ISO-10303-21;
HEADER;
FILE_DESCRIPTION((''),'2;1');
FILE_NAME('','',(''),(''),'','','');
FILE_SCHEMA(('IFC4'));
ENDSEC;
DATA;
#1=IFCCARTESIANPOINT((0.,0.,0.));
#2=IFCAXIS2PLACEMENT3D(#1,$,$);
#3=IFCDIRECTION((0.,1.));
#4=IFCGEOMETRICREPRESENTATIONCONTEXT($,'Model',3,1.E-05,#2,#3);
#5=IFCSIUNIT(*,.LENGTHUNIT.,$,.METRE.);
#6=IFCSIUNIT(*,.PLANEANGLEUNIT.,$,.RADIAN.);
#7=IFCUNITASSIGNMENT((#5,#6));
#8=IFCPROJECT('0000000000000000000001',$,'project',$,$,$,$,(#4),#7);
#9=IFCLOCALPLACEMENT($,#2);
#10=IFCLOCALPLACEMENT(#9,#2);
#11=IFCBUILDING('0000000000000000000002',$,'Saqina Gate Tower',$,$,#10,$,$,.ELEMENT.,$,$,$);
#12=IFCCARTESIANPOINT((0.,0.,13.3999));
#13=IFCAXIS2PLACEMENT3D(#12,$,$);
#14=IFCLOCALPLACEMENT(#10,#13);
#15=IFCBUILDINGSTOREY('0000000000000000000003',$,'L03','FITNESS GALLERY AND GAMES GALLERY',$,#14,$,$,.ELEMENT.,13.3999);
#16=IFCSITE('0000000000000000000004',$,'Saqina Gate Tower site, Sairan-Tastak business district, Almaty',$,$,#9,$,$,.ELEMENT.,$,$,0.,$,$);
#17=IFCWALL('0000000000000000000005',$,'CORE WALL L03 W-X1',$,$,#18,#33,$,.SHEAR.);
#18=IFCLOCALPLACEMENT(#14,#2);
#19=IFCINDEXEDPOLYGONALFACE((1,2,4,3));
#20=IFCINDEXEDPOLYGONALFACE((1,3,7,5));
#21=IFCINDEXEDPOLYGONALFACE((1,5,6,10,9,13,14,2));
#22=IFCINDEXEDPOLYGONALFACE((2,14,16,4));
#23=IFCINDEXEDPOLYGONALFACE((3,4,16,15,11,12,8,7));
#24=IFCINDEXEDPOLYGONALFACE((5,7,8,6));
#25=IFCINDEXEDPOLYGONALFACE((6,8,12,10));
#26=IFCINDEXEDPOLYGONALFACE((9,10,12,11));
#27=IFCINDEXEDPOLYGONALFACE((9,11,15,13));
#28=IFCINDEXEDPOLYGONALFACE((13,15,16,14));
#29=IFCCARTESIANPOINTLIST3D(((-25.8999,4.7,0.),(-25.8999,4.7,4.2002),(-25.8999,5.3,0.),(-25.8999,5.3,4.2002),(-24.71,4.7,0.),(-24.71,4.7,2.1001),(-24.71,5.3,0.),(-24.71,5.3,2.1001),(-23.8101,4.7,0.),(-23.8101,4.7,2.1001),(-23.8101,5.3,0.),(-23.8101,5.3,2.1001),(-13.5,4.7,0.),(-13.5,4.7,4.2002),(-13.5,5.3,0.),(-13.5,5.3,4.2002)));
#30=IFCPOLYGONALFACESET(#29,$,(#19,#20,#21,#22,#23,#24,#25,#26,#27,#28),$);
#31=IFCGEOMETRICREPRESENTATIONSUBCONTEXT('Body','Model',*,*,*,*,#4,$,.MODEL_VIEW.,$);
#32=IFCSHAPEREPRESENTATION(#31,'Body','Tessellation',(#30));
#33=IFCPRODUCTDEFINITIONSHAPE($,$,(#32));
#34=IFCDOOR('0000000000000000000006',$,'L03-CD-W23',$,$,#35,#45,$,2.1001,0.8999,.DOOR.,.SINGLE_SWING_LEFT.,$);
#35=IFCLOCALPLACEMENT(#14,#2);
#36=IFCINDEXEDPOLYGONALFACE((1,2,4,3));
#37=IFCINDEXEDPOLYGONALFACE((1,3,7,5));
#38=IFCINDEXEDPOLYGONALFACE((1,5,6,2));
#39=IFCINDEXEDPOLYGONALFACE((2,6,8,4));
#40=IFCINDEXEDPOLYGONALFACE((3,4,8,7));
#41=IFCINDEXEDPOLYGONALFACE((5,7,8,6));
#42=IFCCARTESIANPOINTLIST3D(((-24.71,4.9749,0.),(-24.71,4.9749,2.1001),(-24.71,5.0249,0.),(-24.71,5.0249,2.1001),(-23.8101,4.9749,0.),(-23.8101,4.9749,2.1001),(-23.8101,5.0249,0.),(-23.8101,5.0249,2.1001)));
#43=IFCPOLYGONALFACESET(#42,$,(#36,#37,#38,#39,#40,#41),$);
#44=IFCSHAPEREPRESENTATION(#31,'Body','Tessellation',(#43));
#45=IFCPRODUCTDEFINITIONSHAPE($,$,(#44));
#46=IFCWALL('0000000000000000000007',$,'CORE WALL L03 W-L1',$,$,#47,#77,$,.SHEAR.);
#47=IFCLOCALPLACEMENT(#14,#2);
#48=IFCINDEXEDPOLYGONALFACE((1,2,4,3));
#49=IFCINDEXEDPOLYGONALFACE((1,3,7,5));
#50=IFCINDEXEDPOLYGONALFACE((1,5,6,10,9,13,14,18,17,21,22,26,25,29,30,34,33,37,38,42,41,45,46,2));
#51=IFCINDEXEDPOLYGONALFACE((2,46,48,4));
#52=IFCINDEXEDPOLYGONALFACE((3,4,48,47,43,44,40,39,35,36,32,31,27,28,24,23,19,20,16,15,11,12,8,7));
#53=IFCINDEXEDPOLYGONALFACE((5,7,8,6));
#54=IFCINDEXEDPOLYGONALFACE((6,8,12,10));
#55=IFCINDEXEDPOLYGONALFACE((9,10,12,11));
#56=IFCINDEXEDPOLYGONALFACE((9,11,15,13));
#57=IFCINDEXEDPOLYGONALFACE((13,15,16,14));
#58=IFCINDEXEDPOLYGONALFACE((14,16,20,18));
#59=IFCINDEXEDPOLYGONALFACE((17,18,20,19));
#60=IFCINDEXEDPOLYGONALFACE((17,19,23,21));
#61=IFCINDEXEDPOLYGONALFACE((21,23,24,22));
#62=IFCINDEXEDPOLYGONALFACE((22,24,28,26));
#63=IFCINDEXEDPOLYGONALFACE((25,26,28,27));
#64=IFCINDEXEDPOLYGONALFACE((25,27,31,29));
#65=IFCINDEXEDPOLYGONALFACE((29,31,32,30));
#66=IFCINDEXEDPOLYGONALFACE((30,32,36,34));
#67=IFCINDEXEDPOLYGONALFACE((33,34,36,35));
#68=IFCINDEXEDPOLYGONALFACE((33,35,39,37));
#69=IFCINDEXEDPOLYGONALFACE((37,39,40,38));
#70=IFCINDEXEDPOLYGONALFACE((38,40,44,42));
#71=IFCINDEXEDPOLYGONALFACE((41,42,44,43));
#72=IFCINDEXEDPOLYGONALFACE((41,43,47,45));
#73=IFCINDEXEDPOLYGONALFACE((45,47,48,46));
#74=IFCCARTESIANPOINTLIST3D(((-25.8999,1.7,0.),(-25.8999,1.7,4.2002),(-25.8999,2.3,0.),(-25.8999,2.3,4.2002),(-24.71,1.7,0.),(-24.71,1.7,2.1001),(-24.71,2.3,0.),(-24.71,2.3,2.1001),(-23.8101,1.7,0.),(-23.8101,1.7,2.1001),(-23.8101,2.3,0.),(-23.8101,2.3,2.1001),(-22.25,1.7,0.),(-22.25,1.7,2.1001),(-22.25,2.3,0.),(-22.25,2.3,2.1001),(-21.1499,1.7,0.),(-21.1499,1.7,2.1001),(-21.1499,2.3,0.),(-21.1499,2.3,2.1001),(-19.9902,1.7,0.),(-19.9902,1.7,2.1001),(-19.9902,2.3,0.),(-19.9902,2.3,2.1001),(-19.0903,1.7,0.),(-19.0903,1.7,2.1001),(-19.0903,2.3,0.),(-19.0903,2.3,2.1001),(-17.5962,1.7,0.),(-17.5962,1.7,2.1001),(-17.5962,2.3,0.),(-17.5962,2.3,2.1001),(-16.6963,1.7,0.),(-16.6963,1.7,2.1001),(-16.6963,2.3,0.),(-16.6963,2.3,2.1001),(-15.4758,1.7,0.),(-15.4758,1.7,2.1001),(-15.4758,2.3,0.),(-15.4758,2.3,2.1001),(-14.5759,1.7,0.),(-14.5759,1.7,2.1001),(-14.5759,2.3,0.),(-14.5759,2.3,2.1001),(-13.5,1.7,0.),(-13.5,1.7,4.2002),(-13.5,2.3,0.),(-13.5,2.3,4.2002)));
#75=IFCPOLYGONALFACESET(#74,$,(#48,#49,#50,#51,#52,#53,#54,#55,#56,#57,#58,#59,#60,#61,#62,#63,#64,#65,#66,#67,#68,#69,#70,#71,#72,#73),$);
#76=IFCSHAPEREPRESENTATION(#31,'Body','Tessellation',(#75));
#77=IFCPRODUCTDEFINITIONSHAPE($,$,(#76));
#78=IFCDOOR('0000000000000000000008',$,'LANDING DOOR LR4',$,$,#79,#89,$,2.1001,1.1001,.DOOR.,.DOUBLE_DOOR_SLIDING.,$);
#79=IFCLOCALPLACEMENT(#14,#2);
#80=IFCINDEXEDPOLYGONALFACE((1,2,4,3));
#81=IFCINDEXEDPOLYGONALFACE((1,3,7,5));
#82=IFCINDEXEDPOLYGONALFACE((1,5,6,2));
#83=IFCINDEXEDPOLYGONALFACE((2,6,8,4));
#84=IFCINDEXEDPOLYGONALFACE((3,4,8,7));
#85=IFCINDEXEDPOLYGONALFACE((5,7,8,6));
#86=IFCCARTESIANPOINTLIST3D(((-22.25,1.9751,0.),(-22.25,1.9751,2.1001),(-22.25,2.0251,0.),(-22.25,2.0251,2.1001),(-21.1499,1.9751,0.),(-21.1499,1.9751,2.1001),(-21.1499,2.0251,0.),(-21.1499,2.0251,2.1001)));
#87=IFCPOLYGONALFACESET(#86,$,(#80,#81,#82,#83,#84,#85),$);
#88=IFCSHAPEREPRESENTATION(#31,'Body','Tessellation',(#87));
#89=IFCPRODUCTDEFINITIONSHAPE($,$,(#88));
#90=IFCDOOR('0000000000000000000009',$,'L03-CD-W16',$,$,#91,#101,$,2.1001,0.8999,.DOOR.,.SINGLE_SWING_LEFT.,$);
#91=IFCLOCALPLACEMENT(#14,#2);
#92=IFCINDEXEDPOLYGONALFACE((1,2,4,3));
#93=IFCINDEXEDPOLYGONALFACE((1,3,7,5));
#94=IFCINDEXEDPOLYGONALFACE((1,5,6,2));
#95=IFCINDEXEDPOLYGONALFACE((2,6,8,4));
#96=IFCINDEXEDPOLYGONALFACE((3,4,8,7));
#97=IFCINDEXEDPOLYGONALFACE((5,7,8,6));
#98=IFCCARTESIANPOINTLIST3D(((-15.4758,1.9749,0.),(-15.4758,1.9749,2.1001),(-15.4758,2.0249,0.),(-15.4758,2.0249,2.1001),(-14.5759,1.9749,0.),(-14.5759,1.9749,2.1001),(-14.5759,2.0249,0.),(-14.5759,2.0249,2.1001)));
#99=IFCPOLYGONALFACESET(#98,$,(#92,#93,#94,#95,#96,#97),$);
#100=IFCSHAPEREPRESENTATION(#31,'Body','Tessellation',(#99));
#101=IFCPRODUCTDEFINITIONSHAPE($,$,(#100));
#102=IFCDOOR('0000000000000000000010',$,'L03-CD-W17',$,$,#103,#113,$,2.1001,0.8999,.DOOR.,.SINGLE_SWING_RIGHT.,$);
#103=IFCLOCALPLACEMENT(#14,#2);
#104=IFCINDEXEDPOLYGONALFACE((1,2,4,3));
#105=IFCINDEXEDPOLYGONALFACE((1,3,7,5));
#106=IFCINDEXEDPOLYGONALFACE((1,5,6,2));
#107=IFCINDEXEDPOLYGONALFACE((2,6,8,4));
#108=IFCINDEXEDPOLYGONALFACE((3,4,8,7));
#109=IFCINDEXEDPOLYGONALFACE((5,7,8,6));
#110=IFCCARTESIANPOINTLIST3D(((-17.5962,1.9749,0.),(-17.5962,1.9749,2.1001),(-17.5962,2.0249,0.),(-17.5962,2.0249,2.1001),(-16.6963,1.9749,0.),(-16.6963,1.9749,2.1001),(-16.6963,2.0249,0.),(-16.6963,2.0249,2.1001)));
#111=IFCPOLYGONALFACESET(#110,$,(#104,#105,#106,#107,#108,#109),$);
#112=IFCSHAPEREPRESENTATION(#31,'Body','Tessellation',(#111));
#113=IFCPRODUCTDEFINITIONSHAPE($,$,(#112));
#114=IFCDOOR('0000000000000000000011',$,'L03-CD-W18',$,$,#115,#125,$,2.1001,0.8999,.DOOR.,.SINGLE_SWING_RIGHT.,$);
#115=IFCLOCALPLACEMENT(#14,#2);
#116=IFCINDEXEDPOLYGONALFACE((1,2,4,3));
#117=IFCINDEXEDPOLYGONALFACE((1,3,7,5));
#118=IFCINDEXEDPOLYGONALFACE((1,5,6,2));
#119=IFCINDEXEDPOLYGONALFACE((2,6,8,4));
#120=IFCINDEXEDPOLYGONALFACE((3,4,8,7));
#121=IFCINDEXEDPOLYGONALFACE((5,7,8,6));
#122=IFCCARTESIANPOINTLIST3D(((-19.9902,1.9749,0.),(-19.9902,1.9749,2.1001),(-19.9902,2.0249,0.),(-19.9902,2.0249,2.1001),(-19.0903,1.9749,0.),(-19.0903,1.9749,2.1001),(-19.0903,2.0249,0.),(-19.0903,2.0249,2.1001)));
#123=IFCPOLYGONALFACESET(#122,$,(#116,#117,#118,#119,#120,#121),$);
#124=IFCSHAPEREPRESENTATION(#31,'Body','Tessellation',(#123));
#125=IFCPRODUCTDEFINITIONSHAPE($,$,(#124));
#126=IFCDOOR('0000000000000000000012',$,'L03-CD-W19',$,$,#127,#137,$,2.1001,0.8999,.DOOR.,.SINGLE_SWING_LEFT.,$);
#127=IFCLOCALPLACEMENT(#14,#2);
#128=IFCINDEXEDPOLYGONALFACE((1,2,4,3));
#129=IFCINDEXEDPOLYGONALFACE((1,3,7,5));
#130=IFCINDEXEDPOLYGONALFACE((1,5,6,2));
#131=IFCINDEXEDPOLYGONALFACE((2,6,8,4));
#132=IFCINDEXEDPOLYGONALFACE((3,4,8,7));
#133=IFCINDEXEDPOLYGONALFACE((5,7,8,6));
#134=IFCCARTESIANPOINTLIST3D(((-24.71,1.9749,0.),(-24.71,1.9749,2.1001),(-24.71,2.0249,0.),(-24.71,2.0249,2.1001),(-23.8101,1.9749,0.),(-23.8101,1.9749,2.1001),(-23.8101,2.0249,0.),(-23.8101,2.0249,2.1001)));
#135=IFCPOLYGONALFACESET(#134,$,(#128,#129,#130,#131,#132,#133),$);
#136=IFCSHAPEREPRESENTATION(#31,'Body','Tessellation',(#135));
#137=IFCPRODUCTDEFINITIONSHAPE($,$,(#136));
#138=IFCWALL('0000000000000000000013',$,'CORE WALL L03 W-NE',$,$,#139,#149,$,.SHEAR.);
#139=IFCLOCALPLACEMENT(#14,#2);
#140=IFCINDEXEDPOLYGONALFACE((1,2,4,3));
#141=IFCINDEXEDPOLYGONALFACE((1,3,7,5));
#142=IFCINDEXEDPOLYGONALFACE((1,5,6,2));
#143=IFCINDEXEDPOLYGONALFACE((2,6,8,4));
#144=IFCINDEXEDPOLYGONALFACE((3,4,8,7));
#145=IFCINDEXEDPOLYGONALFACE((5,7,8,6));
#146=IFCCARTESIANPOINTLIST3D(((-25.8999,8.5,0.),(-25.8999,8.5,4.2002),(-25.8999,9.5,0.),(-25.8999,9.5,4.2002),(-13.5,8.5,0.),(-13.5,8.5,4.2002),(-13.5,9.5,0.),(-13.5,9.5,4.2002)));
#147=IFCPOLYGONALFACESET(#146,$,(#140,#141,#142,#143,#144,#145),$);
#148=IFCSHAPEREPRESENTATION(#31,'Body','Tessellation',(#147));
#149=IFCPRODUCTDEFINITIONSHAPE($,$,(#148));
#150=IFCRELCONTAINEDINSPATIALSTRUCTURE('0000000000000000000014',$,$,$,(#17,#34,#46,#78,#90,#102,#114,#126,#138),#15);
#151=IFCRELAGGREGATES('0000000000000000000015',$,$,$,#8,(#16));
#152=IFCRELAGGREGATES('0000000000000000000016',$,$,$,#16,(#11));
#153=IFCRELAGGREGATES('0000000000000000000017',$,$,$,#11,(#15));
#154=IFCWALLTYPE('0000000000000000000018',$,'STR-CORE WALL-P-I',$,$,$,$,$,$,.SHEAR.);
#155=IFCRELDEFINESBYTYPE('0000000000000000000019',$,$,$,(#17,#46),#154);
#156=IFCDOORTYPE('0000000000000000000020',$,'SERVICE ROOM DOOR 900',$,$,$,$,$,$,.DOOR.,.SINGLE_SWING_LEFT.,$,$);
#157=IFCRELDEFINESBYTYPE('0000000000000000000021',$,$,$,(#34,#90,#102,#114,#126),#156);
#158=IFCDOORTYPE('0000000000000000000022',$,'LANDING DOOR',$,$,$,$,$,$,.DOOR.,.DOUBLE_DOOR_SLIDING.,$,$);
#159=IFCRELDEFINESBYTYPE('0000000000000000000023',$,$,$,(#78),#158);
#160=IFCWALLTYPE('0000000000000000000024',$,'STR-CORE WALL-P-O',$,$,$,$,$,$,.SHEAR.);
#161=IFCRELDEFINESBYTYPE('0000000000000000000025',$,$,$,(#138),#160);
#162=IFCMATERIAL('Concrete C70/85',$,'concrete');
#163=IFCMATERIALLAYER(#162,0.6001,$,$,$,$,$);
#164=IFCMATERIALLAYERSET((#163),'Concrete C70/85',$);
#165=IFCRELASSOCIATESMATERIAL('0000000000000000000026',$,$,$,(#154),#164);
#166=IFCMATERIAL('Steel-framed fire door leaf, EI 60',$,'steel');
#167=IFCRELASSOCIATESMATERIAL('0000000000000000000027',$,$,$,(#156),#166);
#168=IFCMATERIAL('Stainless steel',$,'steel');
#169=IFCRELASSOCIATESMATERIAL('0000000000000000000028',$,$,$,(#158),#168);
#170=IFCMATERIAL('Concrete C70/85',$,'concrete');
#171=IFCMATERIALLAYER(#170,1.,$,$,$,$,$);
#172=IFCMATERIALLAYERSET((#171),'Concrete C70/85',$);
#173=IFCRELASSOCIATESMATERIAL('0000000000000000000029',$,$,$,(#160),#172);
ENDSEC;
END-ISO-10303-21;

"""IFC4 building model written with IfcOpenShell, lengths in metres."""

from ifc_helpers import new_model, si_unit, direction, frame, frame_2d, origin, place, context, subcontext, project, spatial, rectangle, extrude, material, layer, layer_set, type_object, element, fill, save


model = new_model("IFC4")

# Units and contexts
model_context = context("Model", 3, precision=1e-05, world=origin(), true_north=direction((0.0, 1.0)))
body_context = subcontext(model_context, "Body", "Model", "MODEL_VIEW")
ifc_project = project(units=[si_unit("LENGTHUNIT", "METRE"), si_unit("PLANEANGLEUNIT", "RADIAN")], contexts=[model_context])

# Site, building, storey
site_placement = place(None, origin())
site = spatial("IfcSite", under=ifc_project, at=site_placement, Name="Saqina Gate Tower site, Sairan-Tastak business district, Almaty", CompositionType="ELEMENT", RefElevation=0.0)
building_placement = place(site_placement, origin())
building = spatial("IfcBuilding", under=site, at=building_placement, Name="Saqina Gate Tower", CompositionType="ELEMENT")
storey_placement = place(building_placement, frame((0.0, 0.0, 13.3999)))
storey = spatial("IfcBuildingStorey", under=building, at=storey_placement, Name="L03", Description="FITNESS GALLERY AND GAMES GALLERY", CompositionType="ELEMENT", Elevation=13.3999)

# Wall, opening, door
ifc_material_1 = material(Name="Concrete C70/85", Category="concrete")
ifc_layer_1 = layer(ifc_material_1, 0.6001)
ifc_layer_set_1 = layer_set([ifc_layer_1], Name="Concrete C70/85")
wall_type_1 = type_object("IfcWallType", Name="STR-CORE WALL-P-I", PredefinedType="SHEAR", material=ifc_layer_set_1)
wall_1_placement = place(storey_placement, frame((-13.5, 5.0, 0.0), z_axis=(0.0, 0.0, 1.0), x_axis=(-1.0, 0.0, 0.0)))
wall_1 = element("IfcWall", 1, at=wall_1_placement, inside=storey, type_object=wall_type_1, Name="CORE WALL L03 W-X1", PredefinedType="SHEAR", context=body_context, shape_type="SweptSolid", body=[
    extrude(rectangle(XDim=12.3999, YDim=0.6001, at=frame_2d((6.2, 0.0))), origin(), (0.0, 0.0, 1.0), 4.2002),
])
opening_1_placement = place(wall_1_placement, frame((10.3101, 0.0, 0.0)))
opening_1 = element("IfcOpeningElement", 2, at=opening_1_placement, cuts=wall_1, PredefinedType="OPENING", context=body_context, shape_type="SweptSolid", body=[
    extrude(rectangle(XDim=0.8999, YDim=2.1001, at=frame_2d((0.45, 1.05))), frame((0.0, 0.312, 0.0), z_axis=(0.0, -1.0, 0.0), x_axis=(1.0, 0.0, 0.0)), (0.0, 0.0, 1.0), 0.624),
])
ifc_material_2 = material(Name="Steel-framed fire door leaf, EI 60", Category="steel")
door_type_1 = type_object("IfcDoorType", Name="SERVICE ROOM DOOR 900", OperationType="SINGLE_SWING_LEFT", PredefinedType="DOOR", material=ifc_material_2)
door_1_placement = place(opening_1_placement, frame((0.8999, 0.0, 0.0), z_axis=(0.0, 0.0, 1.0), x_axis=(-1.0, 0.0, 0.0)))
door_1 = element("IfcDoor", 3, at=door_1_placement, inside=storey, type_object=door_type_1, Name="L03-CD-W23", OperationType="SINGLE_SWING_LEFT", OverallHeight=2.1001, OverallWidth=0.8999, PredefinedType="DOOR", context=body_context, shape_type="SweptSolid", body=[
    extrude(rectangle(XDim=0.8999, YDim=2.1001, at=frame_2d((0.45, 1.05))), frame((0.0, 0.0249, 0.0), z_axis=(0.0, -1.0, 0.0), x_axis=(1.0, 0.0, 0.0)), (0.0, 0.0, 1.0), 0.05),
])
fill(opening_1, door_1)

# Wall, openings, doors
wall_2_placement = place(storey_placement, frame((-13.5, 2.0, 0.0), z_axis=(0.0, 0.0, 1.0), x_axis=(-1.0, 0.0, 0.0)))
wall_2 = element("IfcWall", 4, at=wall_2_placement, inside=storey, type_object=wall_type_1, Name="CORE WALL L03 W-L1", PredefinedType="SHEAR", context=body_context, shape_type="SweptSolid", body=[
    extrude(rectangle(XDim=12.3999, YDim=0.6001, at=frame_2d((6.2, 0.0))), origin(), (0.0, 0.0, 1.0), 4.2002),
])
opening_2_placement = place(wall_2_placement, frame((7.6499, 0.0, 0.0)))
opening_2 = element("IfcOpeningElement", 5, at=opening_2_placement, cuts=wall_2, PredefinedType="OPENING", context=body_context, shape_type="SweptSolid", body=[
    extrude(rectangle(XDim=1.1001, YDim=2.1001, at=frame_2d((0.55, 1.05))), frame((0.0, 0.312, 0.0), z_axis=(0.0, -1.0, 0.0), x_axis=(1.0, 0.0, 0.0)), (0.0, 0.0, 1.0), 0.624),
])
opening_3_placement = place(wall_2_placement, frame((1.0759, 0.0, 0.0)))
opening_3 = element("IfcOpeningElement", 6, at=opening_3_placement, cuts=wall_2, PredefinedType="OPENING", context=body_context, shape_type="SweptSolid", body=[
    extrude(rectangle(XDim=0.8999, YDim=2.1001, at=frame_2d((0.45, 1.05))), frame((0.0, 0.312, 0.0), z_axis=(0.0, -1.0, 0.0), x_axis=(1.0, 0.0, 0.0)), (0.0, 0.0, 1.0), 0.624),
])
opening_4_placement = place(wall_2_placement, frame((3.1963, 0.0, 0.0)))
opening_4 = element("IfcOpeningElement", 7, at=opening_4_placement, cuts=wall_2, PredefinedType="OPENING", context=body_context, shape_type="SweptSolid", body=[
    extrude(rectangle(XDim=0.8999, YDim=2.1001, at=frame_2d((0.45, 1.05))), frame((0.0, 0.312, 0.0), z_axis=(0.0, -1.0, 0.0), x_axis=(1.0, 0.0, 0.0)), (0.0, 0.0, 1.0), 0.624),
])
opening_5_placement = place(wall_2_placement, frame((5.5903, 0.0, 0.0)))
opening_5 = element("IfcOpeningElement", 8, at=opening_5_placement, cuts=wall_2, PredefinedType="OPENING", context=body_context, shape_type="SweptSolid", body=[
    extrude(rectangle(XDim=0.8999, YDim=2.1001, at=frame_2d((0.45, 1.05))), frame((0.0, 0.312, 0.0), z_axis=(0.0, -1.0, 0.0), x_axis=(1.0, 0.0, 0.0)), (0.0, 0.0, 1.0), 0.624),
])
opening_6_placement = place(wall_2_placement, frame((10.3101, 0.0, 0.0)))
opening_6 = element("IfcOpeningElement", 9, at=opening_6_placement, cuts=wall_2, PredefinedType="OPENING", context=body_context, shape_type="SweptSolid", body=[
    extrude(rectangle(XDim=0.8999, YDim=2.1001, at=frame_2d((0.45, 1.05))), frame((0.0, 0.312, 0.0), z_axis=(0.0, -1.0, 0.0), x_axis=(1.0, 0.0, 0.0)), (0.0, 0.0, 1.0), 0.624),
])
ifc_material_3 = material(Name="Stainless steel", Category="steel")
door_type_2 = type_object("IfcDoorType", Name="LANDING DOOR", OperationType="DOUBLE_DOOR_SLIDING", PredefinedType="DOOR", material=ifc_material_3)
door_2_placement = place(opening_2_placement, origin())
door_2 = element("IfcDoor", 10, at=door_2_placement, inside=storey, type_object=door_type_2, Name="LANDING DOOR LR4", OperationType="DOUBLE_DOOR_SLIDING", OverallHeight=2.1001, OverallWidth=1.1001, PredefinedType="DOOR", context=body_context, shape_type="SweptSolid", body=[
    extrude(rectangle(XDim=1.1001, YDim=2.1001, at=frame_2d((0.55, 1.05))), frame((0.0, 0.0249, 0.0), z_axis=(0.0, -1.0, 0.0), x_axis=(1.0, 0.0, 0.0)), (0.0, 0.0, 1.0), 0.05),
])
fill(opening_2, door_2)
door_3_placement = place(opening_3_placement, frame((0.8999, 0.0, 0.0), z_axis=(0.0, 0.0, 1.0), x_axis=(-1.0, 0.0, 0.0)))
door_3 = element("IfcDoor", 11, at=door_3_placement, inside=storey, type_object=door_type_1, Name="L03-CD-W16", OperationType="SINGLE_SWING_LEFT", OverallHeight=2.1001, OverallWidth=0.8999, PredefinedType="DOOR", context=body_context, shape_type="SweptSolid", body=[
    extrude(rectangle(XDim=0.8999, YDim=2.1001, at=frame_2d((0.45, 1.05))), frame((0.0, 0.0249, 0.0), z_axis=(0.0, -1.0, 0.0), x_axis=(1.0, 0.0, 0.0)), (0.0, 0.0, 1.0), 0.05),
])
fill(opening_3, door_3)
door_4_placement = place(opening_4_placement, frame((0.8999, 0.0, 0.0), z_axis=(0.0, 0.0, 1.0), x_axis=(-1.0, 0.0, 0.0)))
door_4 = element("IfcDoor", 12, at=door_4_placement, inside=storey, type_object=door_type_1, Name="L03-CD-W17", OperationType="SINGLE_SWING_RIGHT", OverallHeight=2.1001, OverallWidth=0.8999, PredefinedType="DOOR", context=body_context, shape_type="SweptSolid", body=[
    extrude(rectangle(XDim=0.8999, YDim=2.1001, at=frame_2d((0.45, 1.05))), frame((0.0, 0.0249, 0.0), z_axis=(0.0, -1.0, 0.0), x_axis=(1.0, 0.0, 0.0)), (0.0, 0.0, 1.0), 0.05),
])
fill(opening_4, door_4)
door_5_placement = place(opening_5_placement, frame((0.8999, 0.0, 0.0), z_axis=(0.0, 0.0, 1.0), x_axis=(-1.0, 0.0, 0.0)))
door_5 = element("IfcDoor", 13, at=door_5_placement, inside=storey, type_object=door_type_1, Name="L03-CD-W18", OperationType="SINGLE_SWING_RIGHT", OverallHeight=2.1001, OverallWidth=0.8999, PredefinedType="DOOR", context=body_context, shape_type="SweptSolid", body=[
    extrude(rectangle(XDim=0.8999, YDim=2.1001, at=frame_2d((0.45, 1.05))), frame((0.0, 0.0249, 0.0), z_axis=(0.0, -1.0, 0.0), x_axis=(1.0, 0.0, 0.0)), (0.0, 0.0, 1.0), 0.05),
])
fill(opening_5, door_5)
door_6_placement = place(opening_6_placement, frame((0.8999, 0.0, 0.0), z_axis=(0.0, 0.0, 1.0), x_axis=(-1.0, 0.0, 0.0)))
door_6 = element("IfcDoor", 14, at=door_6_placement, inside=storey, type_object=door_type_1, Name="L03-CD-W19", OperationType="SINGLE_SWING_LEFT", OverallHeight=2.1001, OverallWidth=0.8999, PredefinedType="DOOR", context=body_context, shape_type="SweptSolid", body=[
    extrude(rectangle(XDim=0.8999, YDim=2.1001, at=frame_2d((0.45, 1.05))), frame((0.0, 0.0249, 0.0), z_axis=(0.0, -1.0, 0.0), x_axis=(1.0, 0.0, 0.0)), (0.0, 0.0, 1.0), 0.05),
])
fill(opening_6, door_6)

# Wall
ifc_material_4 = material(Name="Concrete C70/85", Category="concrete")
ifc_layer_2 = layer(ifc_material_4, 1.0)
ifc_layer_set_2 = layer_set([ifc_layer_2], Name="Concrete C70/85")
wall_type_2 = type_object("IfcWallType", Name="STR-CORE WALL-P-O", PredefinedType="SHEAR", material=ifc_layer_set_2)
wall_3_placement = place(storey_placement, frame((-13.5, 9.0, 0.0), z_axis=(0.0, 0.0, 1.0), x_axis=(-1.0, 0.0, 0.0)))
element("IfcWall", 15, at=wall_3_placement, inside=storey, type_object=wall_type_2, Name="CORE WALL L03 W-NE", PredefinedType="SHEAR", context=body_context, shape_type="SweptSolid", body=[
    extrude(rectangle(XDim=12.3999, YDim=1.0, at=frame_2d((6.2, 0.0))), origin(), (0.0, 0.0, 1.0), 4.2002),
])

save(model, "model.ifc")
